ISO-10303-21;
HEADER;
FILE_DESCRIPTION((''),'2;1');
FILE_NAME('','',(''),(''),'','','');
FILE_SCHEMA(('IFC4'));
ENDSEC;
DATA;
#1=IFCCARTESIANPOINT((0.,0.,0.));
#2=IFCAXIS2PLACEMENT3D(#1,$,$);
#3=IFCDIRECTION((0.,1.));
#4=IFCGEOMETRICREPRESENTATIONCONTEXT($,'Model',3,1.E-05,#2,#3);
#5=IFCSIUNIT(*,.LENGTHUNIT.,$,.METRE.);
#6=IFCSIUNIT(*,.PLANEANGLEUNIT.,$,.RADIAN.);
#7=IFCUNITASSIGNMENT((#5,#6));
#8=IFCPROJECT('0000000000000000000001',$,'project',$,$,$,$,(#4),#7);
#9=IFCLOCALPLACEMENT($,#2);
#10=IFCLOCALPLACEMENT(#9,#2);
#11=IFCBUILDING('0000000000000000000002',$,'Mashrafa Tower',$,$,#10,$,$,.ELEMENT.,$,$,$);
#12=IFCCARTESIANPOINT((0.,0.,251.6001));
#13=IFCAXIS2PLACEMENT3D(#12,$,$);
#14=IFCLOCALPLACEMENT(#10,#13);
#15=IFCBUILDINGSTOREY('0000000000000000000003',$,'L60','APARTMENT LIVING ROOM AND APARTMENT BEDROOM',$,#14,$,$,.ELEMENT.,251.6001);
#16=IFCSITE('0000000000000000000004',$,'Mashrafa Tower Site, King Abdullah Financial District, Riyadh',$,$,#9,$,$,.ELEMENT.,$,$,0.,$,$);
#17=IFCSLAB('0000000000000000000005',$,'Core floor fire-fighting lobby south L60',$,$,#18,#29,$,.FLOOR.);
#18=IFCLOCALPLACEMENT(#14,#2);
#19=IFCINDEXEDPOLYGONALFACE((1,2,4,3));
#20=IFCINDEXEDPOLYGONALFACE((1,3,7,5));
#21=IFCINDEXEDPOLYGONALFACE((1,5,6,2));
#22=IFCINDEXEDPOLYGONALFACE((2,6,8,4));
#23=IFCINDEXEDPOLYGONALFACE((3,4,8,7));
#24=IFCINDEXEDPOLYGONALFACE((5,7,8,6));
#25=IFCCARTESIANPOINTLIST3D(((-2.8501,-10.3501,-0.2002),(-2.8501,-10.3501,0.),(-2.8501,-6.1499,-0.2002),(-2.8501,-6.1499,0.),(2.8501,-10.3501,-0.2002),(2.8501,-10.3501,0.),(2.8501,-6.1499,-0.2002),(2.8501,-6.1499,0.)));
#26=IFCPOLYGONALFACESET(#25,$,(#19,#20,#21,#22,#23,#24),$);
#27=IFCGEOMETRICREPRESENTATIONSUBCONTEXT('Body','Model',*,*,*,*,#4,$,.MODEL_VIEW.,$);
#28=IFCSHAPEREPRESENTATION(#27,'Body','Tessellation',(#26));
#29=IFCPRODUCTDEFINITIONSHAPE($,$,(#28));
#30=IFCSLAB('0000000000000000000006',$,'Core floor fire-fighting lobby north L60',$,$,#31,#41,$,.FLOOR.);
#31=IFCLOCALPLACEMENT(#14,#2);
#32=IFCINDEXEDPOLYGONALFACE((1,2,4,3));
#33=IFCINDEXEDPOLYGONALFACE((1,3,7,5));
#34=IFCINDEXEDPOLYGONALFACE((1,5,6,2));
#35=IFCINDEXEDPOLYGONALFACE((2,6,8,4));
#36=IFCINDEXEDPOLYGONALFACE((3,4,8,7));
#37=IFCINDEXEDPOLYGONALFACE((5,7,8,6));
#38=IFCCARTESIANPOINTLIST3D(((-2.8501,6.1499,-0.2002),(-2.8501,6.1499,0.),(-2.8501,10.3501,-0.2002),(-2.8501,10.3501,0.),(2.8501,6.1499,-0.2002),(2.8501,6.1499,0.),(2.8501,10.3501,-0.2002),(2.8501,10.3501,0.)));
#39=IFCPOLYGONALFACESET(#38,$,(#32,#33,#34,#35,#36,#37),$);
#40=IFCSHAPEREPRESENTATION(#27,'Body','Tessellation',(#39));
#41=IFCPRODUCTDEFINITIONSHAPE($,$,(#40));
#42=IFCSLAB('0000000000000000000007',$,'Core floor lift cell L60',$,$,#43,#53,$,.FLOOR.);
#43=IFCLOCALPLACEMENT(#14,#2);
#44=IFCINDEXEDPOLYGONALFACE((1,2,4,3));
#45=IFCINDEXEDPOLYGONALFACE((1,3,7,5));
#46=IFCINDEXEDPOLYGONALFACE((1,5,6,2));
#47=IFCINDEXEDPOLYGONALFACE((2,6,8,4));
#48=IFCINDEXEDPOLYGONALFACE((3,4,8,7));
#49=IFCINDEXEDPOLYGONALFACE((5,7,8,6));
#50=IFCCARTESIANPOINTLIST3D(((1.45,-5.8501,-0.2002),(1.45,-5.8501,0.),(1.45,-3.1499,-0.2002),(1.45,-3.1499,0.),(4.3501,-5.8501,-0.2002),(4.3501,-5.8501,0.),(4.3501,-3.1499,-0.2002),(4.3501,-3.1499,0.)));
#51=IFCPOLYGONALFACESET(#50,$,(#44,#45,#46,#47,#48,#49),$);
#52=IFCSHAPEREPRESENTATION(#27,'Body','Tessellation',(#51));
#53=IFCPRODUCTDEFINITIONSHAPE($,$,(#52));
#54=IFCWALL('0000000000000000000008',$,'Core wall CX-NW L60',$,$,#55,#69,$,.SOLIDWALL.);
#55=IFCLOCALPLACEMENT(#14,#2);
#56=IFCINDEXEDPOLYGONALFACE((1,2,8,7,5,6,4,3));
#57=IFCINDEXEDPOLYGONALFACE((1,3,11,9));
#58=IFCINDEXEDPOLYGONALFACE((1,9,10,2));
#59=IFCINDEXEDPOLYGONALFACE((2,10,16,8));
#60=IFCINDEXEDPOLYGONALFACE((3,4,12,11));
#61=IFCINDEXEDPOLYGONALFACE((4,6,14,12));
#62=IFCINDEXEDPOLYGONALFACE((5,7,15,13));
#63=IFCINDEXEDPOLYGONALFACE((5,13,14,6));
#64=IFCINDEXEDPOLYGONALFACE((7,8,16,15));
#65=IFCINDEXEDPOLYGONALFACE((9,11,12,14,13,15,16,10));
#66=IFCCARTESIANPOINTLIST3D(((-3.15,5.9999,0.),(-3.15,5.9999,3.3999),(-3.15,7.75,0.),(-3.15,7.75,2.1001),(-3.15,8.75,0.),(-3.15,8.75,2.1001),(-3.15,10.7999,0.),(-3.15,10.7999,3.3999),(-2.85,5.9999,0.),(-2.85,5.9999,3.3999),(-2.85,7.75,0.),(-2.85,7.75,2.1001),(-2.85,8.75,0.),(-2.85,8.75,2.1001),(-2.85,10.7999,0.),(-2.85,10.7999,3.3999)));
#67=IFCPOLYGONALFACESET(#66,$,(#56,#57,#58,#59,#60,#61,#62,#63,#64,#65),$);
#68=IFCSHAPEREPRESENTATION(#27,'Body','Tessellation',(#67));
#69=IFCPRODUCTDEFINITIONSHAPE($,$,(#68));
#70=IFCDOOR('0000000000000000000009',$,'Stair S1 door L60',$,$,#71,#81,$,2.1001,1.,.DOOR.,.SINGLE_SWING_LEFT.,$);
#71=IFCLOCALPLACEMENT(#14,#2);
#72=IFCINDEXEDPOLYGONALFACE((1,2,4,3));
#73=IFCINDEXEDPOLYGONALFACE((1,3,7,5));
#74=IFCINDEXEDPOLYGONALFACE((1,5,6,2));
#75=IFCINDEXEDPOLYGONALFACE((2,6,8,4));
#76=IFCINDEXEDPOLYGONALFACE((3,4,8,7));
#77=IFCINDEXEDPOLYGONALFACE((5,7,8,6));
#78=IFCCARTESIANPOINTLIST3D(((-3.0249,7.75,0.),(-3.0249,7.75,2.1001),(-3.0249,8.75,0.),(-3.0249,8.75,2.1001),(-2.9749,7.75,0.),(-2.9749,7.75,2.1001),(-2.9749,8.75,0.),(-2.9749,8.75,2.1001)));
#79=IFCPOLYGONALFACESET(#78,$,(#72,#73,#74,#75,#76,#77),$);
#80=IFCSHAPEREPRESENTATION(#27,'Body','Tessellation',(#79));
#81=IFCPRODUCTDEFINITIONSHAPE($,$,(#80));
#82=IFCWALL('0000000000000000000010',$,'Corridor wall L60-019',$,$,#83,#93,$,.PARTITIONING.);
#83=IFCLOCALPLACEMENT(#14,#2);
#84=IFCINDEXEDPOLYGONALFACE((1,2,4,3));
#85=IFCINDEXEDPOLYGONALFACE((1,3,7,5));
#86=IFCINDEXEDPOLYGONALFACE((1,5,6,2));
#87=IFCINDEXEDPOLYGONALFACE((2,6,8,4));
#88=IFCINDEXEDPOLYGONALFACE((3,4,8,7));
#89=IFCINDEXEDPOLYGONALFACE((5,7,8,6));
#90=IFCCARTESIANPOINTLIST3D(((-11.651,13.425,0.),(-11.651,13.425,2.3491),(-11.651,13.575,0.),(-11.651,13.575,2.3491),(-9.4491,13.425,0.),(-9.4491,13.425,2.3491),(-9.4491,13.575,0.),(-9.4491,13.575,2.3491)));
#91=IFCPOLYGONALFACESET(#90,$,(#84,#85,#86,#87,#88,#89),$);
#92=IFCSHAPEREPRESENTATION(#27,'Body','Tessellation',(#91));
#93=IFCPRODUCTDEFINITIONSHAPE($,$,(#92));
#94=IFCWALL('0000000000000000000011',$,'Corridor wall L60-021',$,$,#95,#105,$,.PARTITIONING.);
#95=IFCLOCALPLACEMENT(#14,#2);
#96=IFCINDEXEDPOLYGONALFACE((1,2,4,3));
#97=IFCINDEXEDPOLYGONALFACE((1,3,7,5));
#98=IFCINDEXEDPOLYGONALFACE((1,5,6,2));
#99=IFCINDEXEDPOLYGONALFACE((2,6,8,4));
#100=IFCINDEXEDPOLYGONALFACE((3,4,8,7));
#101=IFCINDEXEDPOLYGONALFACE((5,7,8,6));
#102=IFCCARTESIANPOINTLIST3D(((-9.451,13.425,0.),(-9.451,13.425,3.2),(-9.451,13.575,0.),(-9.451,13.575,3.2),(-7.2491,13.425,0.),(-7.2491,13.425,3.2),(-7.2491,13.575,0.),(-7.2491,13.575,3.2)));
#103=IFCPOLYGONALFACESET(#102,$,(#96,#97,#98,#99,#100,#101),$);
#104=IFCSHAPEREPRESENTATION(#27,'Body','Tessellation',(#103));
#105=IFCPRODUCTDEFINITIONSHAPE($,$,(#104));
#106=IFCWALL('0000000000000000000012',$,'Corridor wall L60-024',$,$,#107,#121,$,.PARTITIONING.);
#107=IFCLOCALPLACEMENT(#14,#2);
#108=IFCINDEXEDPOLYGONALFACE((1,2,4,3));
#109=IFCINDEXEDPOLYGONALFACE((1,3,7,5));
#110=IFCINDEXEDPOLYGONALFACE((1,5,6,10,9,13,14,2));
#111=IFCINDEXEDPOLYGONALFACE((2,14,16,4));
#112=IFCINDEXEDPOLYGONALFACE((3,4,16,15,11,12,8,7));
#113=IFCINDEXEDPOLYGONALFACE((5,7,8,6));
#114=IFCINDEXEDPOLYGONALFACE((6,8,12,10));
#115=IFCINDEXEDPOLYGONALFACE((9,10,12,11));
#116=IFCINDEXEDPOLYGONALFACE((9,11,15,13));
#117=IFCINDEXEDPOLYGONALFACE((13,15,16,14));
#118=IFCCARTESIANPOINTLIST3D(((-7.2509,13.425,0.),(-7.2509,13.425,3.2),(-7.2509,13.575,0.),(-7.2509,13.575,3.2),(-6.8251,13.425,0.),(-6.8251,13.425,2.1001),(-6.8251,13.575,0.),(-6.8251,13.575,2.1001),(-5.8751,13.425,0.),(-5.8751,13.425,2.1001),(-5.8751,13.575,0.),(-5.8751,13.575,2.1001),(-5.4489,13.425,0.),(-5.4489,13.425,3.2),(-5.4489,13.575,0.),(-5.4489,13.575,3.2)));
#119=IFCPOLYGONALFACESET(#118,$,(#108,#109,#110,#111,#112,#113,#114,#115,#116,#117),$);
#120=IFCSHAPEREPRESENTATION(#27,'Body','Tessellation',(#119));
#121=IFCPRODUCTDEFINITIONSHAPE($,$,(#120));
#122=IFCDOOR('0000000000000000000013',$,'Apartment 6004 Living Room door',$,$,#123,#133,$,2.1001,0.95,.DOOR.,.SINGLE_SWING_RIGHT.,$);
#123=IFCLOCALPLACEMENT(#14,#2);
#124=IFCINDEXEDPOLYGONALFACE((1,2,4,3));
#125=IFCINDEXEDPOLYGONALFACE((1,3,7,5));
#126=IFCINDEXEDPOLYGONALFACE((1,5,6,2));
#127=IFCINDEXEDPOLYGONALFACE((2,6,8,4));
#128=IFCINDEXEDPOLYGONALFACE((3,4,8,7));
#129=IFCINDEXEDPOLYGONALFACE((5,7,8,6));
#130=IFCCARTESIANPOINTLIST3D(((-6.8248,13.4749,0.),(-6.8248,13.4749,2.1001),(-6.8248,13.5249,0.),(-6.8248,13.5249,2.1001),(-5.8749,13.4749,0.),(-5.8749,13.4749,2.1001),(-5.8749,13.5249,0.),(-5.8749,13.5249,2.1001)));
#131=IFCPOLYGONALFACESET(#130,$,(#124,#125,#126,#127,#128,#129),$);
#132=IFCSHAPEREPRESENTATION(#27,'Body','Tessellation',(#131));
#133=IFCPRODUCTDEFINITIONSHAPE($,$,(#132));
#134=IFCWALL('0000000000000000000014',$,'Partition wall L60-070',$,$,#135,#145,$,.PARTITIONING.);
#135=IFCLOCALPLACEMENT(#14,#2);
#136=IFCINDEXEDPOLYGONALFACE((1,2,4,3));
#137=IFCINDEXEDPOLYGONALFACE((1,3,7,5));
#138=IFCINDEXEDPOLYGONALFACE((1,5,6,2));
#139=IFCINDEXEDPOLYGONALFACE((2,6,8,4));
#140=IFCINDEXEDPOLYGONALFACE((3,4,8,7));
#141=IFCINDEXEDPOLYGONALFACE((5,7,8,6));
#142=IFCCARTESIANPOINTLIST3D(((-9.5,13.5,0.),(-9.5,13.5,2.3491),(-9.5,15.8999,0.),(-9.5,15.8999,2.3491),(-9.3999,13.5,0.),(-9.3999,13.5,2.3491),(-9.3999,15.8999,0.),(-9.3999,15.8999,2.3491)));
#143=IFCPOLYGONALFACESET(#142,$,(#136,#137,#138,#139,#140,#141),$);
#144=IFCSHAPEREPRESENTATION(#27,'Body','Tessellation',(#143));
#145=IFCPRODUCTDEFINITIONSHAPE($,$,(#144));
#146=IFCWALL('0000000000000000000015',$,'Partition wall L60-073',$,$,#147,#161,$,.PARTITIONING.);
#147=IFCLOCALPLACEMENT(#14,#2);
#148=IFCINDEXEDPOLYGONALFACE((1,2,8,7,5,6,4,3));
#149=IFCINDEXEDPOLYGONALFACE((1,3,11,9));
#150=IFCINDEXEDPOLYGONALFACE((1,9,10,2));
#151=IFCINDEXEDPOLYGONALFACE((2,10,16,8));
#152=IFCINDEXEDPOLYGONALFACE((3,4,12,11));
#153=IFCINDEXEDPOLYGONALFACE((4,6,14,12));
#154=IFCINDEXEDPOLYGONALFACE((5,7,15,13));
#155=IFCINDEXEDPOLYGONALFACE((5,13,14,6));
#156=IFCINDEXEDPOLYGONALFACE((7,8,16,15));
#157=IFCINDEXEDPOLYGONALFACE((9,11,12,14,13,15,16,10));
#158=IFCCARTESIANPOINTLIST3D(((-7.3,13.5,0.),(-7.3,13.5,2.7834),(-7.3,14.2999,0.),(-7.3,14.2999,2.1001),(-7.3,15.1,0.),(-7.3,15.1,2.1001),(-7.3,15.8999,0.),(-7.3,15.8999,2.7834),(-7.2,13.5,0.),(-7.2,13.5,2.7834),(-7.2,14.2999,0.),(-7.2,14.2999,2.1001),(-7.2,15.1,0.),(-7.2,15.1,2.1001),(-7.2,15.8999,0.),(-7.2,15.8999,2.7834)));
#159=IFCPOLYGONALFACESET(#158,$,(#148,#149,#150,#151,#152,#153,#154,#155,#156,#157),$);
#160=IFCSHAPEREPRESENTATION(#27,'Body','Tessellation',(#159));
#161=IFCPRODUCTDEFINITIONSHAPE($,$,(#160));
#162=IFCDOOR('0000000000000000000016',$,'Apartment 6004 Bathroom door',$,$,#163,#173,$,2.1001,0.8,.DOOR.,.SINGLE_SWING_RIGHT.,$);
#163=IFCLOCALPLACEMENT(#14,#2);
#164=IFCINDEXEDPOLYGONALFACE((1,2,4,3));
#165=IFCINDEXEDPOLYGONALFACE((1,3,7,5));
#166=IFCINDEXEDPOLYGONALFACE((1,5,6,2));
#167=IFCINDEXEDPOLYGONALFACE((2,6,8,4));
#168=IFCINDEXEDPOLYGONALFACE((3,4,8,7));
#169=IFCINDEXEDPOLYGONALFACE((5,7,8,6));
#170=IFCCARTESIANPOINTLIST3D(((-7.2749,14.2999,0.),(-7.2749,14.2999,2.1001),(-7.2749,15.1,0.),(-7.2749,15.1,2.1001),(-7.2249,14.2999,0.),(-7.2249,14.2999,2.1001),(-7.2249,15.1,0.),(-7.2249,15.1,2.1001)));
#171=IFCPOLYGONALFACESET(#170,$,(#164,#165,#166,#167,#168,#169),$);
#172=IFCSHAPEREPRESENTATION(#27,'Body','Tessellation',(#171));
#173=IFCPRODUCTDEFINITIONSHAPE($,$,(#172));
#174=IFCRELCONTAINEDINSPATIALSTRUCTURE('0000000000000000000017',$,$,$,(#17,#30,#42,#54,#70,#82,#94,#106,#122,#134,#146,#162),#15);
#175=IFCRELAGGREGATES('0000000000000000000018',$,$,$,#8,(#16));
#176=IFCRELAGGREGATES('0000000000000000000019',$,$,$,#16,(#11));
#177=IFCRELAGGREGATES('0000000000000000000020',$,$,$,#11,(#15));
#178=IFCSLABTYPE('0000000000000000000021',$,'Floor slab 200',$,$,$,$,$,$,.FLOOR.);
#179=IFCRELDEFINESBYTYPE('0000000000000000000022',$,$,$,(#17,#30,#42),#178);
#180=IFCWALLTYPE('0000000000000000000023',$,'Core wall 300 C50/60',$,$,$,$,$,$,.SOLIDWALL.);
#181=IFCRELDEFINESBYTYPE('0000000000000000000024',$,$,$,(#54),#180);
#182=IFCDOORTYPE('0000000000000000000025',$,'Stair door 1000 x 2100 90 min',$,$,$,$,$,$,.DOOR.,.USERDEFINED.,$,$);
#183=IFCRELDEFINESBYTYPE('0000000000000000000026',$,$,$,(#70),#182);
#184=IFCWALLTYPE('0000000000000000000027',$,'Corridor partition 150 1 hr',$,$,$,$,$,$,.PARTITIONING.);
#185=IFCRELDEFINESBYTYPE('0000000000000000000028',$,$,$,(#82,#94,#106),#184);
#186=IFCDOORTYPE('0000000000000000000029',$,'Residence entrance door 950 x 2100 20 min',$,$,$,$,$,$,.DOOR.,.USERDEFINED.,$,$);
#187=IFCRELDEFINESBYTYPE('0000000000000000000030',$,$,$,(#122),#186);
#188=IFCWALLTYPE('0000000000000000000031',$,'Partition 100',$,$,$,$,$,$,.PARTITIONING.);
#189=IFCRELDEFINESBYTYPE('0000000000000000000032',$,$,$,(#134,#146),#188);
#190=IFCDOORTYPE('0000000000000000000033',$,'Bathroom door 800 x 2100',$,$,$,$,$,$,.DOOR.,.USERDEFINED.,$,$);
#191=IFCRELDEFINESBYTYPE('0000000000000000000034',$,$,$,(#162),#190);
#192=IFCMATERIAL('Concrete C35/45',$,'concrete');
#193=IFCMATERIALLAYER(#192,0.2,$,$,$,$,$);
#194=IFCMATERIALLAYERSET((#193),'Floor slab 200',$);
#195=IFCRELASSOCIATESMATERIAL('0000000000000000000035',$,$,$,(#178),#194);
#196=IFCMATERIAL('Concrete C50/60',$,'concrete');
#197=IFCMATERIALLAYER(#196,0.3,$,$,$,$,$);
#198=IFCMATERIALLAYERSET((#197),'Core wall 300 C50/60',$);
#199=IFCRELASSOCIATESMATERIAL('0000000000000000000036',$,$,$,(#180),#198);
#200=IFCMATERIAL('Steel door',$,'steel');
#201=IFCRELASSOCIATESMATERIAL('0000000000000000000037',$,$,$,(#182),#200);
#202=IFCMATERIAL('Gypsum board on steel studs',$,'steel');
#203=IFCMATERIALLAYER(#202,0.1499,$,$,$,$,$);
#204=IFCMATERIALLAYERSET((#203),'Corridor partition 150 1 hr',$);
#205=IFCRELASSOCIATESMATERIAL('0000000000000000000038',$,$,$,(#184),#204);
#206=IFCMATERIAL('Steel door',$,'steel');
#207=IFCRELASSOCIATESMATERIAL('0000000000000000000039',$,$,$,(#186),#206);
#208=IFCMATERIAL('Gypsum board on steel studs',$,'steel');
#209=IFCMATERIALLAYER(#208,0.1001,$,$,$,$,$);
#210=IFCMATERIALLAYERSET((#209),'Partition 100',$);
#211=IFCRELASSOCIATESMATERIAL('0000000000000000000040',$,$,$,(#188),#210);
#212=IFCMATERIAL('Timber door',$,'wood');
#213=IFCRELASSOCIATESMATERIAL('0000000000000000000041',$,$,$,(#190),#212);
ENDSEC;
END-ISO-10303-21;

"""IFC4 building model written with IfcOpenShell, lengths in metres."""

from ifc_helpers import new_model, si_unit, direction, frame, frame_2d, origin, place, context, subcontext, project, spatial, polyline, rectangle, outline, extrude, material, layer, layer_set, type_object, element, fill, save


model = new_model("IFC4")

# Units and contexts
model_context = context("Model", 3, precision=1e-05, world=origin(), true_north=direction((0.0, 1.0)))
body_context = subcontext(model_context, "Body", "Model", "MODEL_VIEW")
ifc_project = project(units=[si_unit("LENGTHUNIT", "METRE"), si_unit("PLANEANGLEUNIT", "RADIAN")], contexts=[model_context])

# Site, building, storey
site_placement = place(None, origin())
site = spatial("IfcSite", under=ifc_project, at=site_placement, Name="Mashrafa Tower Site, King Abdullah Financial District, Riyadh", CompositionType="ELEMENT", RefElevation=0.0)
building_placement = place(site_placement, origin())
building = spatial("IfcBuilding", under=site, at=building_placement, Name="Mashrafa Tower", CompositionType="ELEMENT")
storey_placement = place(building_placement, frame((0.0, 0.0, 251.6001)))
storey = spatial("IfcBuildingStorey", under=building, at=storey_placement, Name="L60", Description="APARTMENT LIVING ROOM AND APARTMENT BEDROOM", CompositionType="ELEMENT", Elevation=251.6001)

# Slabs
ifc_material_1 = material(Name="Concrete C35/45", Category="concrete")
ifc_layer_1 = layer(ifc_material_1, 0.2)
ifc_layer_set_1 = layer_set([ifc_layer_1], Name="Floor slab 200")
slab_type = type_object("IfcSlabType", Name="Floor slab 200", PredefinedType="FLOOR", material=ifc_layer_set_1)
slab_1_placement = place(storey_placement, frame((0.0, 0.0, -0.2002)))
element("IfcSlab", 1, at=slab_1_placement, inside=storey, type_object=slab_type, Name="Core floor fire-fighting lobby south L60", PredefinedType="FLOOR", context=body_context, shape_type="SweptSolid", body=[
    extrude(outline(polyline([(2.8501, -6.1499), (2.8501, -10.3501), (-2.8501, -10.3501), (-2.8501, -6.1499), (2.8501, -6.1499)])), origin(), (0.0, 0.0, 1.0), 0.2002),
])
slab_2_placement = place(storey_placement, frame((0.0, 0.0, -0.2002)))
element("IfcSlab", 2, at=slab_2_placement, inside=storey, type_object=slab_type, Name="Core floor fire-fighting lobby north L60", PredefinedType="FLOOR", context=body_context, shape_type="SweptSolid", body=[
    extrude(outline(polyline([(-2.8501, 10.3501), (2.8501, 10.3501), (2.8501, 6.1499), (-2.8501, 6.1499), (-2.8501, 10.3501)])), origin(), (0.0, 0.0, 1.0), 0.2002),
])
slab_3_placement = place(storey_placement, frame((0.0, 0.0, -0.2002)))
element("IfcSlab", 3, at=slab_3_placement, inside=storey, type_object=slab_type, Name="Core floor lift cell L60", PredefinedType="FLOOR", context=body_context, shape_type="SweptSolid", body=[
    extrude(outline(polyline([(4.3501, -3.1499), (4.3501, -5.8501), (1.45, -5.8501), (1.45, -3.1499), (4.3501, -3.1499)])), origin(), (0.0, 0.0, 1.0), 0.2002),
])

# Wall, opening, door
ifc_material_2 = material(Name="Concrete C50/60", Category="concrete")
ifc_layer_2 = layer(ifc_material_2, 0.3)
ifc_layer_set_2 = layer_set([ifc_layer_2], Name="Core wall 300 C50/60")
wall_type_1 = type_object("IfcWallType", Name="Core wall 300 C50/60", PredefinedType="SOLIDWALL", material=ifc_layer_set_2)
wall_1_placement = place(storey_placement, frame((-3.0, 6.0, 0.0), z_axis=(0.0, 0.0, 1.0), x_axis=(0.0, 1.0, 0.0)))
wall_1 = element("IfcWall", 4, at=wall_1_placement, inside=storey, type_object=wall_type_1, Name="Core wall CX-NW L60", PredefinedType="SOLIDWALL", context=body_context, shape_type="SweptSolid", body=[
    extrude(rectangle(XDim=4.8, YDim=0.3, at=frame_2d((2.3999, 0.0))), origin(), (0.0, 0.0, 1.0), 3.3999),
])
opening_1_placement = place(wall_1_placement, frame((1.75, 0.0, 0.0)))
opening_1 = element("IfcOpeningElement", 5, at=opening_1_placement, cuts=wall_1, PredefinedType="OPENING", context=body_context, shape_type="SweptSolid", body=[
    extrude(rectangle(XDim=1.0, YDim=2.1001, at=frame_2d((0.5, 1.05))), frame((0.0, 0.1599, 0.0), z_axis=(0.0, -1.0, 0.0), x_axis=(1.0, 0.0, 0.0)), (0.0, 0.0, 1.0), 0.3201),
])
ifc_material_3 = material(Name="Steel door", Category="steel")
door_type_1 = type_object("IfcDoorType", Name="Stair door 1000 x 2100 90 min", OperationType="USERDEFINED", PredefinedType="DOOR", material=ifc_material_3)
door_1_placement = place(opening_1_placement, origin())
door_1 = element("IfcDoor", 6, at=door_1_placement, inside=storey, type_object=door_type_1, Name="Stair S1 door L60", OperationType="SINGLE_SWING_LEFT", OverallHeight=2.1001, OverallWidth=1.0, PredefinedType="DOOR", context=body_context, shape_type="SweptSolid", body=[
    extrude(rectangle(XDim=1.0, YDim=2.1001, at=frame_2d((0.5, 1.05))), frame((0.0, 0.0249, 0.0), z_axis=(0.0, -1.0, 0.0), x_axis=(1.0, 0.0, 0.0)), (0.0, 0.0, 1.0), 0.05),
])
fill(opening_1, door_1)

# Walls
ifc_material_4 = material(Name="Gypsum board on steel studs", Category="steel")
ifc_layer_3 = layer(ifc_material_4, 0.1499)
ifc_layer_set_3 = layer_set([ifc_layer_3], Name="Corridor partition 150 1 hr")
wall_type_2 = type_object("IfcWallType", Name="Corridor partition 150 1 hr", PredefinedType="PARTITIONING", material=ifc_layer_set_3)
wall_2_placement = place(storey_placement, frame((-9.449, 13.5, 0.0), z_axis=(0.0, 0.0, 1.0), x_axis=(-1.0, 0.0, 0.0)))
element("IfcWall", 7, at=wall_2_placement, inside=storey, type_object=wall_type_2, Name="Corridor wall L60-019", PredefinedType="PARTITIONING", context=body_context, shape_type="SweptSolid", body=[
    extrude(rectangle(XDim=2.2019, YDim=0.1499, at=frame_2d((1.1011, 0.0))), origin(), (0.0, 0.0, 1.0), 2.3491),
])
wall_3_placement = place(storey_placement, frame((-7.249, 13.5, 0.0), z_axis=(0.0, 0.0, 1.0), x_axis=(-1.0, 0.0, 0.0)))
element("IfcWall", 8, at=wall_3_placement, inside=storey, type_object=wall_type_2, Name="Corridor wall L60-021", PredefinedType="PARTITIONING", context=body_context, shape_type="SweptSolid", body=[
    extrude(rectangle(XDim=2.2019, YDim=0.1499, at=frame_2d((1.1011, 0.0))), origin(), (0.0, 0.0, 1.0), 3.2),
])

# Wall, opening, door
wall_4_placement = place(storey_placement, frame((-5.449, 13.5, 0.0), z_axis=(0.0, 0.0, 1.0), x_axis=(-1.0, 0.0, 0.0)))
wall_4 = element("IfcWall", 9, at=wall_4_placement, inside=storey, type_object=wall_type_2, Name="Corridor wall L60-024", PredefinedType="PARTITIONING", context=body_context, shape_type="SweptSolid", body=[
    extrude(rectangle(XDim=1.802, YDim=0.1499, at=frame_2d((0.9009, 0.0))), origin(), (0.0, 0.0, 1.0), 3.2),
])
opening_2_placement = place(wall_4_placement, frame((0.426, 0.0, 0.0)))
opening_2 = element("IfcOpeningElement", 10, at=opening_2_placement, cuts=wall_4, PredefinedType="OPENING", context=body_context, shape_type="SweptSolid", body=[
    extrude(rectangle(XDim=0.95, YDim=2.1001, at=frame_2d((0.4751, 1.05))), frame((0.0, 0.085, 0.0), z_axis=(0.0, -1.0, 0.0), x_axis=(1.0, 0.0, 0.0)), (0.0, 0.0, 1.0), 0.1699),
])
ifc_material_5 = material(Name="Steel door", Category="steel")
door_type_2 = type_object("IfcDoorType", Name="Residence entrance door 950 x 2100 20 min", OperationType="USERDEFINED", PredefinedType="DOOR", material=ifc_material_5)
door_2_placement = place(opening_2_placement, frame((0.95, 0.0, 0.0), z_axis=(0.0, 0.0, 1.0), x_axis=(-1.0, 0.0, 0.0)))
door_2 = element("IfcDoor", 11, at=door_2_placement, inside=storey, type_object=door_type_2, Name="Apartment 6004 Living Room door", OperationType="SINGLE_SWING_RIGHT", OverallHeight=2.1001, OverallWidth=0.95, PredefinedType="DOOR", context=body_context, shape_type="SweptSolid", body=[
    extrude(rectangle(XDim=0.95, YDim=2.1001, at=frame_2d((0.4751, 1.05))), frame((0.0, 0.0249, 0.0), z_axis=(0.0, -1.0, 0.0), x_axis=(1.0, 0.0, 0.0)), (0.0, 0.0, 1.0), 0.05),
])
fill(opening_2, door_2)

# Wall
ifc_material_6 = material(Name="Gypsum board on steel studs", Category="steel")
ifc_layer_4 = layer(ifc_material_6, 0.1001)
ifc_layer_set_4 = layer_set([ifc_layer_4], Name="Partition 100")
wall_type_3 = type_object("IfcWallType", Name="Partition 100", PredefinedType="PARTITIONING", material=ifc_layer_set_4)
wall_5_placement = place(storey_placement, frame((-9.45, 13.5, 0.0), z_axis=(0.0, 0.0, 1.0), x_axis=(0.0, 1.0, 0.0)))
element("IfcWall", 12, at=wall_5_placement, inside=storey, type_object=wall_type_3, Name="Partition wall L60-070", PredefinedType="PARTITIONING", context=body_context, shape_type="SweptSolid", body=[
    extrude(rectangle(XDim=2.3999, YDim=0.1001, at=frame_2d((1.2, 0.0))), origin(), (0.0, 0.0, 1.0), 2.3491),
])

# Wall, opening, door
wall_6_placement = place(storey_placement, frame((-7.25, 13.5, 0.0), z_axis=(0.0, 0.0, 1.0), x_axis=(0.0, 1.0, 0.0)))
wall_6 = element("IfcWall", 13, at=wall_6_placement, inside=storey, type_object=wall_type_3, Name="Partition wall L60-073", PredefinedType="PARTITIONING", context=body_context, shape_type="SweptSolid", body=[
    extrude(rectangle(XDim=2.3999, YDim=0.1001, at=frame_2d((1.2, 0.0))), origin(), (0.0, 0.0, 1.0), 2.7834),
])
opening_3_placement = place(wall_6_placement, frame((0.8, 0.0, 0.0)))
opening_3 = element("IfcOpeningElement", 14, at=opening_3_placement, cuts=wall_6, PredefinedType="OPENING", context=body_context, shape_type="SweptSolid", body=[
    extrude(rectangle(XDim=0.8, YDim=2.1001, at=frame_2d((0.3999, 1.05))), frame((0.0, 0.0601, 0.0), z_axis=(0.0, -1.0, 0.0), x_axis=(1.0, 0.0, 0.0)), (0.0, 0.0, 1.0), 0.1201),
])
ifc_material_7 = material(Name="Timber door", Category="wood")
door_type_3 = type_object("IfcDoorType", Name="Bathroom door 800 x 2100", OperationType="USERDEFINED", PredefinedType="DOOR", material=ifc_material_7)
door_3_placement = place(opening_3_placement, origin())
door_3 = element("IfcDoor", 15, at=door_3_placement, inside=storey, type_object=door_type_3, Name="Apartment 6004 Bathroom door", OperationType="SINGLE_SWING_RIGHT", OverallHeight=2.1001, OverallWidth=0.8, PredefinedType="DOOR", context=body_context, shape_type="SweptSolid", body=[
    extrude(rectangle(XDim=0.8, YDim=2.1001, at=frame_2d((0.3999, 1.05))), frame((0.0, 0.0249, 0.0), z_axis=(0.0, -1.0, 0.0), x_axis=(1.0, 0.0, 0.0)), (0.0, 0.0, 1.0), 0.05),
])
fill(opening_3, door_3)

save(model, "model.ifc")
